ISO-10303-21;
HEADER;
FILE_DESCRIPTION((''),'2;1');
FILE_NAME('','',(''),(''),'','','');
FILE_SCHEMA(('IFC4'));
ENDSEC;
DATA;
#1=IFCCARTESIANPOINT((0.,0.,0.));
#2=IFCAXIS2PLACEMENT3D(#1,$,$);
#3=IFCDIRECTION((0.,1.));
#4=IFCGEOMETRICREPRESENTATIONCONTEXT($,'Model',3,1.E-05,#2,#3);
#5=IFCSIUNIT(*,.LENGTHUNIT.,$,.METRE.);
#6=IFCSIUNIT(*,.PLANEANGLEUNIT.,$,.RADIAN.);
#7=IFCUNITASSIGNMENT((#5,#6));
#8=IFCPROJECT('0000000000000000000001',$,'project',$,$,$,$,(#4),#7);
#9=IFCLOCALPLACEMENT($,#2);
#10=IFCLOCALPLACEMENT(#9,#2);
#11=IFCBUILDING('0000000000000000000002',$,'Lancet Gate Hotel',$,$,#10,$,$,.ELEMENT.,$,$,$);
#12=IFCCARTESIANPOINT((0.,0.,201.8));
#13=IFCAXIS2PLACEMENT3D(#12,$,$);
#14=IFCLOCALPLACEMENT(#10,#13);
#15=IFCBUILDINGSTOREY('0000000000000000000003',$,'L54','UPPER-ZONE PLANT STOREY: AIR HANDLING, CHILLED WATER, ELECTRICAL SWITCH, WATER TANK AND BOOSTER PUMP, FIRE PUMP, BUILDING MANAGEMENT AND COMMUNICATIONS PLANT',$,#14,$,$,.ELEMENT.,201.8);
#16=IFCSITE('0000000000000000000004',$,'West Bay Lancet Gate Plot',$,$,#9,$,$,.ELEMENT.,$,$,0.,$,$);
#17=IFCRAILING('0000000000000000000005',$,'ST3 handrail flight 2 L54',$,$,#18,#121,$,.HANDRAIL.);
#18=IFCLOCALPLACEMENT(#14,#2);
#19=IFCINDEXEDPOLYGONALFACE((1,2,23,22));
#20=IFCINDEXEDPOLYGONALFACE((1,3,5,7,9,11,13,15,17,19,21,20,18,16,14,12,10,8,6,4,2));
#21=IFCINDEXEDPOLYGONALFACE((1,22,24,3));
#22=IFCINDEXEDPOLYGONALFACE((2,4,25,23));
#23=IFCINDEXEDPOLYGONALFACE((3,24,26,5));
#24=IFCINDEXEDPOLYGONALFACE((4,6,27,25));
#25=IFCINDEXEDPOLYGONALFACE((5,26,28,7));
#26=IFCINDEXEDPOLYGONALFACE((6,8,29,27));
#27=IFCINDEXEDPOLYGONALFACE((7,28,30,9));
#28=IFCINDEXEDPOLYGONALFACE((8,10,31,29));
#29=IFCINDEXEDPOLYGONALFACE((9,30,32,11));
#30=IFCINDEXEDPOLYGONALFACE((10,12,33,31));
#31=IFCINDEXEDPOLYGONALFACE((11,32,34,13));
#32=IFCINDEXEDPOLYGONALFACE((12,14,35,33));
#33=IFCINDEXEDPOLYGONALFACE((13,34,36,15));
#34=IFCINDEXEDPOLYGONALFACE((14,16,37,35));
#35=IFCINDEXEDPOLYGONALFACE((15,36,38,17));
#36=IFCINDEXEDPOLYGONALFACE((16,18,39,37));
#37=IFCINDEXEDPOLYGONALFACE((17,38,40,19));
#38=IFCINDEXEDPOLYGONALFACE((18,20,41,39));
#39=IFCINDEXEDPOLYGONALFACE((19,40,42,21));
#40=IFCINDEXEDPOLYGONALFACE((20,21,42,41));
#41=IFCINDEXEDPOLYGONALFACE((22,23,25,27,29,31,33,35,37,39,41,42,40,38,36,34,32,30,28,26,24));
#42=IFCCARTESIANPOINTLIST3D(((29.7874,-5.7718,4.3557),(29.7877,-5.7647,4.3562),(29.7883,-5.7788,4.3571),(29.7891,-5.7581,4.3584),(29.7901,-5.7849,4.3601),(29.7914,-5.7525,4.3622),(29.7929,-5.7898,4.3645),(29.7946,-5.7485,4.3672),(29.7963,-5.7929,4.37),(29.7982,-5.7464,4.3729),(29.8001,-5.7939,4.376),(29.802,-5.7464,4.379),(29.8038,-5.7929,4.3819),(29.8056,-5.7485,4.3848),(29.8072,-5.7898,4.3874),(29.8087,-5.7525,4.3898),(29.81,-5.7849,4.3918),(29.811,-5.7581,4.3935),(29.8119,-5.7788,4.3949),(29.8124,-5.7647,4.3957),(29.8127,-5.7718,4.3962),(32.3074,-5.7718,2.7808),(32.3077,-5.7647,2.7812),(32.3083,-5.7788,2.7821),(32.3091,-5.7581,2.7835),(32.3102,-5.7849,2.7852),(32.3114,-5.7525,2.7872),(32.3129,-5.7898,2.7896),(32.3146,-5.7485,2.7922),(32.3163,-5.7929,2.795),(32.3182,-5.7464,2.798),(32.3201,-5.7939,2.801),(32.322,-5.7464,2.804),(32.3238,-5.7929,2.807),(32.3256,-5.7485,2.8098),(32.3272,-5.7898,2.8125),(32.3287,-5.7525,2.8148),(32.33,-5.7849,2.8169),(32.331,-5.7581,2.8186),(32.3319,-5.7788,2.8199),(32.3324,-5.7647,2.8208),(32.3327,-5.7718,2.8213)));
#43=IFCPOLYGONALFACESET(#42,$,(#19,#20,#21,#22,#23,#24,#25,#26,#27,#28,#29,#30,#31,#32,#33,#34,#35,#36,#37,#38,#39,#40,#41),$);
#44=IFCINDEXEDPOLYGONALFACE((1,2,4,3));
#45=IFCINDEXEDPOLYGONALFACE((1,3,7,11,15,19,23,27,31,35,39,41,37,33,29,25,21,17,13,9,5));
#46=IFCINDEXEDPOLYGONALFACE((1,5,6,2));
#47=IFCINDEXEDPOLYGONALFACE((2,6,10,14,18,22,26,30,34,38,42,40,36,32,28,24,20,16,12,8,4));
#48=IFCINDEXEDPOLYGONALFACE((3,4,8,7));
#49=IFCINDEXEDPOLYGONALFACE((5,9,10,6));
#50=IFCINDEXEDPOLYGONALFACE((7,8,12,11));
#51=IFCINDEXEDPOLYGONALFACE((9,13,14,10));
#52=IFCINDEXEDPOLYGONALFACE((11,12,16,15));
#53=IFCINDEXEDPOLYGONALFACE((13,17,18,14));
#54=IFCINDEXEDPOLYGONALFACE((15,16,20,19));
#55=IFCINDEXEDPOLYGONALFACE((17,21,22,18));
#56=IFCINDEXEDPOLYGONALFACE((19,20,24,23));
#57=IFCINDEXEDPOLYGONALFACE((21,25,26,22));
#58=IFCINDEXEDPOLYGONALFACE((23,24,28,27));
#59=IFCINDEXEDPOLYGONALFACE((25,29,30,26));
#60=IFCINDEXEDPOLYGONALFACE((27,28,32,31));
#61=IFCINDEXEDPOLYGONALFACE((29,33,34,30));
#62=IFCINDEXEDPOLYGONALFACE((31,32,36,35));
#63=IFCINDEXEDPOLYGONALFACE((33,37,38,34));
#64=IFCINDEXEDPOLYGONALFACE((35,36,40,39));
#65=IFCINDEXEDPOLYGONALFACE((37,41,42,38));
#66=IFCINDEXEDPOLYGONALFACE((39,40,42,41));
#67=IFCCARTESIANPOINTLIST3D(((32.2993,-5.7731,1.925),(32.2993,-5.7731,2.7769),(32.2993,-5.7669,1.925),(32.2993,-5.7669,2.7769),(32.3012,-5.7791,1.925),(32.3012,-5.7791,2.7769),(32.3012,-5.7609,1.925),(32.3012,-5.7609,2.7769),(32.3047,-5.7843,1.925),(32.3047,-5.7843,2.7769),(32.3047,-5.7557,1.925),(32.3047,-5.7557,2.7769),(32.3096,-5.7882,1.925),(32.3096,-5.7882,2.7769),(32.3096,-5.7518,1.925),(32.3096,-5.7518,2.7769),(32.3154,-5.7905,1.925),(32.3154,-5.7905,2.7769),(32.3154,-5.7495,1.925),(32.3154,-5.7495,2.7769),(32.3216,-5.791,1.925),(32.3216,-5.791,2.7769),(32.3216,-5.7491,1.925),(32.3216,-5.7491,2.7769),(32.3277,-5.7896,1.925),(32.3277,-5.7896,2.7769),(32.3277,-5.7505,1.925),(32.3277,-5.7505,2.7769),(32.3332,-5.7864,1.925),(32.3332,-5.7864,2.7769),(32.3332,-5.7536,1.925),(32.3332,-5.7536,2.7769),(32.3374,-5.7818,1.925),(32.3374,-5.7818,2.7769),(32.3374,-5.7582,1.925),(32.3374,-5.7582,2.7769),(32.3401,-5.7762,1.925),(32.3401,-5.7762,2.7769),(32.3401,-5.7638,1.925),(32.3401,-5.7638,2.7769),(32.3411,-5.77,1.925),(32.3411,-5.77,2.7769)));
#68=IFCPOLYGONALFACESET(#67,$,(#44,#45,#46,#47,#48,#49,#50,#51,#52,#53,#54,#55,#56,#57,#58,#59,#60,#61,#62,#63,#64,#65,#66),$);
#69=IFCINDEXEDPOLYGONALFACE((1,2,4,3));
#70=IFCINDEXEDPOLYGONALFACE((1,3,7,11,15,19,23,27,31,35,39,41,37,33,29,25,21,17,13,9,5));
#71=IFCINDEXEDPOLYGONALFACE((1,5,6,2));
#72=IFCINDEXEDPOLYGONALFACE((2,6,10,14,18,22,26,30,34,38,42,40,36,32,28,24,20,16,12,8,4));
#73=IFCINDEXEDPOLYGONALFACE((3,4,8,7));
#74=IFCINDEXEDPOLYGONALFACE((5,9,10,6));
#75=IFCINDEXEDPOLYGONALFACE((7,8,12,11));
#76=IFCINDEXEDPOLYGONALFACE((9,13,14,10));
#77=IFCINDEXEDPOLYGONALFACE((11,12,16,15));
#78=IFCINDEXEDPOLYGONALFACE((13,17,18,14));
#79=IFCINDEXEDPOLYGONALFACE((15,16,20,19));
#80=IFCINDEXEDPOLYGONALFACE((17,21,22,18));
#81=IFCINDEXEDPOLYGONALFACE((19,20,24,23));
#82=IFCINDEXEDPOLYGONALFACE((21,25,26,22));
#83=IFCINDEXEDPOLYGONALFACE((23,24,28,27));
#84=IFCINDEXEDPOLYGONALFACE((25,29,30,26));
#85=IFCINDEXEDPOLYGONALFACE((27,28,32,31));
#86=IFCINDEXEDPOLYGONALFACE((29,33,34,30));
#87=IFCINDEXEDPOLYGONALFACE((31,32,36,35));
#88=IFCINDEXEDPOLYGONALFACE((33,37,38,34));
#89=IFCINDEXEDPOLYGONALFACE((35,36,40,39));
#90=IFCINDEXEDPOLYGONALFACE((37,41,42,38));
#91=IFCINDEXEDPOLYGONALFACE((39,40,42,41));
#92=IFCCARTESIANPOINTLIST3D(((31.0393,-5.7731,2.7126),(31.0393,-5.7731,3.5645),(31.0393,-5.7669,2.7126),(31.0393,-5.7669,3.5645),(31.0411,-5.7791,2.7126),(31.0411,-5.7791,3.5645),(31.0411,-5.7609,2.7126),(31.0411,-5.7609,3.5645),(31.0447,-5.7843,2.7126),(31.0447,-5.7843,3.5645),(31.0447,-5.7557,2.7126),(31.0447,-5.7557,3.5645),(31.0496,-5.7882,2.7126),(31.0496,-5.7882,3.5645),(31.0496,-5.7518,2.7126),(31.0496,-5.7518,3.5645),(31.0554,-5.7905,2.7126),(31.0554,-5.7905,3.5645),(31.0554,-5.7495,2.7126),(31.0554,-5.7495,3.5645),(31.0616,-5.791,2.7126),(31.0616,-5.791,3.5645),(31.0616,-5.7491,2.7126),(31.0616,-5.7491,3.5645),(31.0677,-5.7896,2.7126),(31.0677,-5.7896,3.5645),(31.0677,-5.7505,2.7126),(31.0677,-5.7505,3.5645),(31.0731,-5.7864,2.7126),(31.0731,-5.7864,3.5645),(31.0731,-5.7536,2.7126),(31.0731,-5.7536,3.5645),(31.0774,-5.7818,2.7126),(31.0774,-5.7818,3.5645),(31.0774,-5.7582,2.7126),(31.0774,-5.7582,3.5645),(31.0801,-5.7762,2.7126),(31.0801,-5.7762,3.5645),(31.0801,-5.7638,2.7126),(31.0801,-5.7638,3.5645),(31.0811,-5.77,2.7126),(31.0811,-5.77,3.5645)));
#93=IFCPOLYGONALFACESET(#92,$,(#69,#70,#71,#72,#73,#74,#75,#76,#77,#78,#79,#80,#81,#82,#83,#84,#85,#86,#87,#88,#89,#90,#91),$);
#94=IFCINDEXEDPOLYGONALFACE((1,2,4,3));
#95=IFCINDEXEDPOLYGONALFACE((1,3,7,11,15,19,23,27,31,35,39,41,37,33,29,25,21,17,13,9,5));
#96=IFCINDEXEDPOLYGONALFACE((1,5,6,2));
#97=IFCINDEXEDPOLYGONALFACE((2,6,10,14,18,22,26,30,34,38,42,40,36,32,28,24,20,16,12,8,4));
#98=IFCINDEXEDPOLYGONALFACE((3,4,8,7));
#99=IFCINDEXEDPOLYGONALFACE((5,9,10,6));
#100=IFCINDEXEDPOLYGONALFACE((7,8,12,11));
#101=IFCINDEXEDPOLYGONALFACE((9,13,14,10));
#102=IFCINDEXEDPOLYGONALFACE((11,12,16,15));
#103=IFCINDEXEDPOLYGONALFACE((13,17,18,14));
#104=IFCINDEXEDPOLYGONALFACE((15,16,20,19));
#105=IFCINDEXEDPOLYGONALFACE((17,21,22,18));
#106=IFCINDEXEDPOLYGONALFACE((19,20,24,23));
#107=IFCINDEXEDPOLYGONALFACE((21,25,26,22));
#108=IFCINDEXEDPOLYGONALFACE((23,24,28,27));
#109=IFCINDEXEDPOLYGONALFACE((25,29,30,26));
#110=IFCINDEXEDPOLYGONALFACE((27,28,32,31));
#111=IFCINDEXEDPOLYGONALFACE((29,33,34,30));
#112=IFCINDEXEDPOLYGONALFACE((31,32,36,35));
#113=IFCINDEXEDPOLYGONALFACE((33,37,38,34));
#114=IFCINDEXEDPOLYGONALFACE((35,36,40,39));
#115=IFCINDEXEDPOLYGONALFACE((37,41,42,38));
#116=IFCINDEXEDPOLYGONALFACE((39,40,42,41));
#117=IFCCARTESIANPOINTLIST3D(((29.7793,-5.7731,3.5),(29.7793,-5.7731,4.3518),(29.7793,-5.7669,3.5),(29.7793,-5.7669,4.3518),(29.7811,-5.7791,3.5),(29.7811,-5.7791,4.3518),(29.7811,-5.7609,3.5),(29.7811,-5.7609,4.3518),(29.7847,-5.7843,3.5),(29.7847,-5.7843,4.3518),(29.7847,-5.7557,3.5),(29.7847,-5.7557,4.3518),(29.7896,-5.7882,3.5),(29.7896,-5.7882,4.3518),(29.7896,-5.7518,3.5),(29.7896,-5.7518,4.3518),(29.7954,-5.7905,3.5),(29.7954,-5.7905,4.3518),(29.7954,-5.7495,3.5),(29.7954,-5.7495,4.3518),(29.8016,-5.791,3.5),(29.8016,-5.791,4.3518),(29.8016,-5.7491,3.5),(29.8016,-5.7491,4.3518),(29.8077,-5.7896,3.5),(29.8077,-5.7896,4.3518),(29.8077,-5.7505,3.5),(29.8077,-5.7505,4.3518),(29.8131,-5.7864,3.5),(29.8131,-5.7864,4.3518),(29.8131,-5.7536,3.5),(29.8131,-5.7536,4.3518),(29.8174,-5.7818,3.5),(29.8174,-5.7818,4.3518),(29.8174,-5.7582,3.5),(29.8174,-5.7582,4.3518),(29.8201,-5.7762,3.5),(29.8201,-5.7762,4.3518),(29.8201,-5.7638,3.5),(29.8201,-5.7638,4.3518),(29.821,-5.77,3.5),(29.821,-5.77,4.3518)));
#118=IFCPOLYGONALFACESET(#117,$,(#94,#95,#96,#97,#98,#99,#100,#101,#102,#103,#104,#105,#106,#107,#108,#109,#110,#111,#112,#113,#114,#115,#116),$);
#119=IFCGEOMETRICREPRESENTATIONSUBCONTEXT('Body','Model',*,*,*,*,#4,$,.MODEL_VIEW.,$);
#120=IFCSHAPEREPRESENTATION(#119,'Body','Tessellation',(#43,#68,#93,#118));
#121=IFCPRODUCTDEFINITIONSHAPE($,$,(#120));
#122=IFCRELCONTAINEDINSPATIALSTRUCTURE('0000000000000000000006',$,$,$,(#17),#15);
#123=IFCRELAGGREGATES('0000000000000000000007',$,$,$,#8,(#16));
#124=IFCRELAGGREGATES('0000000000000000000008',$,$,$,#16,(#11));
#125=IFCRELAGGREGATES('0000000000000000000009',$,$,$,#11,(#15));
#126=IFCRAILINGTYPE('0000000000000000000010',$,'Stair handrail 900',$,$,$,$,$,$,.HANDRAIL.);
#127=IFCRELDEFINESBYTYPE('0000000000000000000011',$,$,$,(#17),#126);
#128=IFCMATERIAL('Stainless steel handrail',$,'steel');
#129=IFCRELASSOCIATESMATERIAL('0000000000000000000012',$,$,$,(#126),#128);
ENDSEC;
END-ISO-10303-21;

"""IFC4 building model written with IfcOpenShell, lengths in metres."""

from ifc_helpers import new_model, si_unit, direction, frame, origin, origin_2d, place, context, subcontext, project, spatial, circle, extrude, material, type_object, element, save


model = new_model("IFC4")

# Units and contexts
model_context = context("Model", 3, precision=1e-05, world=origin(), true_north=direction((0.0, 1.0)))
body_context = subcontext(model_context, "Body", "Model", "MODEL_VIEW")
ifc_project = project(units=[si_unit("LENGTHUNIT", "METRE"), si_unit("PLANEANGLEUNIT", "RADIAN")], contexts=[model_context])

# Site, building, storey
site_placement = place(None, origin())
site = spatial("IfcSite", under=ifc_project, at=site_placement, Name="West Bay Lancet Gate Plot", CompositionType="ELEMENT", RefElevation=0.0)
building_placement = place(site_placement, origin())
building = spatial("IfcBuilding", under=site, at=building_placement, Name="Lancet Gate Hotel", CompositionType="ELEMENT")
storey_placement = place(building_placement, frame((0.0, 0.0, 201.8)))
storey = spatial("IfcBuildingStorey", under=building, at=storey_placement, Name="L54", Description="UPPER-ZONE PLANT STOREY: AIR HANDLING, CHILLED WATER, ELECTRICAL SWITCH, WATER TANK AND BOOSTER PUMP, FIRE PUMP, BUILDING MANAGEMENT AND COMMUNICATIONS PLANT", CompositionType="ELEMENT", Elevation=201.8)

# Railing
ifc_material_1 = material(Name="Stainless steel handrail", Category="steel")
railing_type = type_object("IfcRailingType", Name="Stair handrail 900", PredefinedType="HANDRAIL", material=ifc_material_1)
railing_1_placement = place(storey_placement, frame((32.3201, -5.77, 1.925)))
element("IfcRailing", 1, at=railing_1_placement, inside=storey, type_object=railing_type, Name="ST3 handrail flight 2 L54", PredefinedType="HANDRAIL", context=body_context, shape_type="SweptSolid", body=[
    extrude(circle(Radius=0.0239, at=origin_2d()), frame((0.0, 0.0, 0.876), z_axis=(-0.848008, 0.0, 0.529984), x_axis=(0.0, -1.0, 0.0)), (0.0, 0.0, 1.0), 2.9717),
    extrude(circle(Radius=0.021, at=origin_2d()), origin(), (0.0, 0.0, 1.0), 0.8518),
    extrude(circle(Radius=0.021, at=origin_2d()), frame((-1.26, 0.0, 0.7876)), (0.0, 0.0, 1.0), 0.8518),
    extrude(circle(Radius=0.021, at=origin_2d()), frame((-2.52, 0.0, 1.575)), (0.0, 0.0, 1.0), 0.8518),
])

save(model, "model.ifc")
